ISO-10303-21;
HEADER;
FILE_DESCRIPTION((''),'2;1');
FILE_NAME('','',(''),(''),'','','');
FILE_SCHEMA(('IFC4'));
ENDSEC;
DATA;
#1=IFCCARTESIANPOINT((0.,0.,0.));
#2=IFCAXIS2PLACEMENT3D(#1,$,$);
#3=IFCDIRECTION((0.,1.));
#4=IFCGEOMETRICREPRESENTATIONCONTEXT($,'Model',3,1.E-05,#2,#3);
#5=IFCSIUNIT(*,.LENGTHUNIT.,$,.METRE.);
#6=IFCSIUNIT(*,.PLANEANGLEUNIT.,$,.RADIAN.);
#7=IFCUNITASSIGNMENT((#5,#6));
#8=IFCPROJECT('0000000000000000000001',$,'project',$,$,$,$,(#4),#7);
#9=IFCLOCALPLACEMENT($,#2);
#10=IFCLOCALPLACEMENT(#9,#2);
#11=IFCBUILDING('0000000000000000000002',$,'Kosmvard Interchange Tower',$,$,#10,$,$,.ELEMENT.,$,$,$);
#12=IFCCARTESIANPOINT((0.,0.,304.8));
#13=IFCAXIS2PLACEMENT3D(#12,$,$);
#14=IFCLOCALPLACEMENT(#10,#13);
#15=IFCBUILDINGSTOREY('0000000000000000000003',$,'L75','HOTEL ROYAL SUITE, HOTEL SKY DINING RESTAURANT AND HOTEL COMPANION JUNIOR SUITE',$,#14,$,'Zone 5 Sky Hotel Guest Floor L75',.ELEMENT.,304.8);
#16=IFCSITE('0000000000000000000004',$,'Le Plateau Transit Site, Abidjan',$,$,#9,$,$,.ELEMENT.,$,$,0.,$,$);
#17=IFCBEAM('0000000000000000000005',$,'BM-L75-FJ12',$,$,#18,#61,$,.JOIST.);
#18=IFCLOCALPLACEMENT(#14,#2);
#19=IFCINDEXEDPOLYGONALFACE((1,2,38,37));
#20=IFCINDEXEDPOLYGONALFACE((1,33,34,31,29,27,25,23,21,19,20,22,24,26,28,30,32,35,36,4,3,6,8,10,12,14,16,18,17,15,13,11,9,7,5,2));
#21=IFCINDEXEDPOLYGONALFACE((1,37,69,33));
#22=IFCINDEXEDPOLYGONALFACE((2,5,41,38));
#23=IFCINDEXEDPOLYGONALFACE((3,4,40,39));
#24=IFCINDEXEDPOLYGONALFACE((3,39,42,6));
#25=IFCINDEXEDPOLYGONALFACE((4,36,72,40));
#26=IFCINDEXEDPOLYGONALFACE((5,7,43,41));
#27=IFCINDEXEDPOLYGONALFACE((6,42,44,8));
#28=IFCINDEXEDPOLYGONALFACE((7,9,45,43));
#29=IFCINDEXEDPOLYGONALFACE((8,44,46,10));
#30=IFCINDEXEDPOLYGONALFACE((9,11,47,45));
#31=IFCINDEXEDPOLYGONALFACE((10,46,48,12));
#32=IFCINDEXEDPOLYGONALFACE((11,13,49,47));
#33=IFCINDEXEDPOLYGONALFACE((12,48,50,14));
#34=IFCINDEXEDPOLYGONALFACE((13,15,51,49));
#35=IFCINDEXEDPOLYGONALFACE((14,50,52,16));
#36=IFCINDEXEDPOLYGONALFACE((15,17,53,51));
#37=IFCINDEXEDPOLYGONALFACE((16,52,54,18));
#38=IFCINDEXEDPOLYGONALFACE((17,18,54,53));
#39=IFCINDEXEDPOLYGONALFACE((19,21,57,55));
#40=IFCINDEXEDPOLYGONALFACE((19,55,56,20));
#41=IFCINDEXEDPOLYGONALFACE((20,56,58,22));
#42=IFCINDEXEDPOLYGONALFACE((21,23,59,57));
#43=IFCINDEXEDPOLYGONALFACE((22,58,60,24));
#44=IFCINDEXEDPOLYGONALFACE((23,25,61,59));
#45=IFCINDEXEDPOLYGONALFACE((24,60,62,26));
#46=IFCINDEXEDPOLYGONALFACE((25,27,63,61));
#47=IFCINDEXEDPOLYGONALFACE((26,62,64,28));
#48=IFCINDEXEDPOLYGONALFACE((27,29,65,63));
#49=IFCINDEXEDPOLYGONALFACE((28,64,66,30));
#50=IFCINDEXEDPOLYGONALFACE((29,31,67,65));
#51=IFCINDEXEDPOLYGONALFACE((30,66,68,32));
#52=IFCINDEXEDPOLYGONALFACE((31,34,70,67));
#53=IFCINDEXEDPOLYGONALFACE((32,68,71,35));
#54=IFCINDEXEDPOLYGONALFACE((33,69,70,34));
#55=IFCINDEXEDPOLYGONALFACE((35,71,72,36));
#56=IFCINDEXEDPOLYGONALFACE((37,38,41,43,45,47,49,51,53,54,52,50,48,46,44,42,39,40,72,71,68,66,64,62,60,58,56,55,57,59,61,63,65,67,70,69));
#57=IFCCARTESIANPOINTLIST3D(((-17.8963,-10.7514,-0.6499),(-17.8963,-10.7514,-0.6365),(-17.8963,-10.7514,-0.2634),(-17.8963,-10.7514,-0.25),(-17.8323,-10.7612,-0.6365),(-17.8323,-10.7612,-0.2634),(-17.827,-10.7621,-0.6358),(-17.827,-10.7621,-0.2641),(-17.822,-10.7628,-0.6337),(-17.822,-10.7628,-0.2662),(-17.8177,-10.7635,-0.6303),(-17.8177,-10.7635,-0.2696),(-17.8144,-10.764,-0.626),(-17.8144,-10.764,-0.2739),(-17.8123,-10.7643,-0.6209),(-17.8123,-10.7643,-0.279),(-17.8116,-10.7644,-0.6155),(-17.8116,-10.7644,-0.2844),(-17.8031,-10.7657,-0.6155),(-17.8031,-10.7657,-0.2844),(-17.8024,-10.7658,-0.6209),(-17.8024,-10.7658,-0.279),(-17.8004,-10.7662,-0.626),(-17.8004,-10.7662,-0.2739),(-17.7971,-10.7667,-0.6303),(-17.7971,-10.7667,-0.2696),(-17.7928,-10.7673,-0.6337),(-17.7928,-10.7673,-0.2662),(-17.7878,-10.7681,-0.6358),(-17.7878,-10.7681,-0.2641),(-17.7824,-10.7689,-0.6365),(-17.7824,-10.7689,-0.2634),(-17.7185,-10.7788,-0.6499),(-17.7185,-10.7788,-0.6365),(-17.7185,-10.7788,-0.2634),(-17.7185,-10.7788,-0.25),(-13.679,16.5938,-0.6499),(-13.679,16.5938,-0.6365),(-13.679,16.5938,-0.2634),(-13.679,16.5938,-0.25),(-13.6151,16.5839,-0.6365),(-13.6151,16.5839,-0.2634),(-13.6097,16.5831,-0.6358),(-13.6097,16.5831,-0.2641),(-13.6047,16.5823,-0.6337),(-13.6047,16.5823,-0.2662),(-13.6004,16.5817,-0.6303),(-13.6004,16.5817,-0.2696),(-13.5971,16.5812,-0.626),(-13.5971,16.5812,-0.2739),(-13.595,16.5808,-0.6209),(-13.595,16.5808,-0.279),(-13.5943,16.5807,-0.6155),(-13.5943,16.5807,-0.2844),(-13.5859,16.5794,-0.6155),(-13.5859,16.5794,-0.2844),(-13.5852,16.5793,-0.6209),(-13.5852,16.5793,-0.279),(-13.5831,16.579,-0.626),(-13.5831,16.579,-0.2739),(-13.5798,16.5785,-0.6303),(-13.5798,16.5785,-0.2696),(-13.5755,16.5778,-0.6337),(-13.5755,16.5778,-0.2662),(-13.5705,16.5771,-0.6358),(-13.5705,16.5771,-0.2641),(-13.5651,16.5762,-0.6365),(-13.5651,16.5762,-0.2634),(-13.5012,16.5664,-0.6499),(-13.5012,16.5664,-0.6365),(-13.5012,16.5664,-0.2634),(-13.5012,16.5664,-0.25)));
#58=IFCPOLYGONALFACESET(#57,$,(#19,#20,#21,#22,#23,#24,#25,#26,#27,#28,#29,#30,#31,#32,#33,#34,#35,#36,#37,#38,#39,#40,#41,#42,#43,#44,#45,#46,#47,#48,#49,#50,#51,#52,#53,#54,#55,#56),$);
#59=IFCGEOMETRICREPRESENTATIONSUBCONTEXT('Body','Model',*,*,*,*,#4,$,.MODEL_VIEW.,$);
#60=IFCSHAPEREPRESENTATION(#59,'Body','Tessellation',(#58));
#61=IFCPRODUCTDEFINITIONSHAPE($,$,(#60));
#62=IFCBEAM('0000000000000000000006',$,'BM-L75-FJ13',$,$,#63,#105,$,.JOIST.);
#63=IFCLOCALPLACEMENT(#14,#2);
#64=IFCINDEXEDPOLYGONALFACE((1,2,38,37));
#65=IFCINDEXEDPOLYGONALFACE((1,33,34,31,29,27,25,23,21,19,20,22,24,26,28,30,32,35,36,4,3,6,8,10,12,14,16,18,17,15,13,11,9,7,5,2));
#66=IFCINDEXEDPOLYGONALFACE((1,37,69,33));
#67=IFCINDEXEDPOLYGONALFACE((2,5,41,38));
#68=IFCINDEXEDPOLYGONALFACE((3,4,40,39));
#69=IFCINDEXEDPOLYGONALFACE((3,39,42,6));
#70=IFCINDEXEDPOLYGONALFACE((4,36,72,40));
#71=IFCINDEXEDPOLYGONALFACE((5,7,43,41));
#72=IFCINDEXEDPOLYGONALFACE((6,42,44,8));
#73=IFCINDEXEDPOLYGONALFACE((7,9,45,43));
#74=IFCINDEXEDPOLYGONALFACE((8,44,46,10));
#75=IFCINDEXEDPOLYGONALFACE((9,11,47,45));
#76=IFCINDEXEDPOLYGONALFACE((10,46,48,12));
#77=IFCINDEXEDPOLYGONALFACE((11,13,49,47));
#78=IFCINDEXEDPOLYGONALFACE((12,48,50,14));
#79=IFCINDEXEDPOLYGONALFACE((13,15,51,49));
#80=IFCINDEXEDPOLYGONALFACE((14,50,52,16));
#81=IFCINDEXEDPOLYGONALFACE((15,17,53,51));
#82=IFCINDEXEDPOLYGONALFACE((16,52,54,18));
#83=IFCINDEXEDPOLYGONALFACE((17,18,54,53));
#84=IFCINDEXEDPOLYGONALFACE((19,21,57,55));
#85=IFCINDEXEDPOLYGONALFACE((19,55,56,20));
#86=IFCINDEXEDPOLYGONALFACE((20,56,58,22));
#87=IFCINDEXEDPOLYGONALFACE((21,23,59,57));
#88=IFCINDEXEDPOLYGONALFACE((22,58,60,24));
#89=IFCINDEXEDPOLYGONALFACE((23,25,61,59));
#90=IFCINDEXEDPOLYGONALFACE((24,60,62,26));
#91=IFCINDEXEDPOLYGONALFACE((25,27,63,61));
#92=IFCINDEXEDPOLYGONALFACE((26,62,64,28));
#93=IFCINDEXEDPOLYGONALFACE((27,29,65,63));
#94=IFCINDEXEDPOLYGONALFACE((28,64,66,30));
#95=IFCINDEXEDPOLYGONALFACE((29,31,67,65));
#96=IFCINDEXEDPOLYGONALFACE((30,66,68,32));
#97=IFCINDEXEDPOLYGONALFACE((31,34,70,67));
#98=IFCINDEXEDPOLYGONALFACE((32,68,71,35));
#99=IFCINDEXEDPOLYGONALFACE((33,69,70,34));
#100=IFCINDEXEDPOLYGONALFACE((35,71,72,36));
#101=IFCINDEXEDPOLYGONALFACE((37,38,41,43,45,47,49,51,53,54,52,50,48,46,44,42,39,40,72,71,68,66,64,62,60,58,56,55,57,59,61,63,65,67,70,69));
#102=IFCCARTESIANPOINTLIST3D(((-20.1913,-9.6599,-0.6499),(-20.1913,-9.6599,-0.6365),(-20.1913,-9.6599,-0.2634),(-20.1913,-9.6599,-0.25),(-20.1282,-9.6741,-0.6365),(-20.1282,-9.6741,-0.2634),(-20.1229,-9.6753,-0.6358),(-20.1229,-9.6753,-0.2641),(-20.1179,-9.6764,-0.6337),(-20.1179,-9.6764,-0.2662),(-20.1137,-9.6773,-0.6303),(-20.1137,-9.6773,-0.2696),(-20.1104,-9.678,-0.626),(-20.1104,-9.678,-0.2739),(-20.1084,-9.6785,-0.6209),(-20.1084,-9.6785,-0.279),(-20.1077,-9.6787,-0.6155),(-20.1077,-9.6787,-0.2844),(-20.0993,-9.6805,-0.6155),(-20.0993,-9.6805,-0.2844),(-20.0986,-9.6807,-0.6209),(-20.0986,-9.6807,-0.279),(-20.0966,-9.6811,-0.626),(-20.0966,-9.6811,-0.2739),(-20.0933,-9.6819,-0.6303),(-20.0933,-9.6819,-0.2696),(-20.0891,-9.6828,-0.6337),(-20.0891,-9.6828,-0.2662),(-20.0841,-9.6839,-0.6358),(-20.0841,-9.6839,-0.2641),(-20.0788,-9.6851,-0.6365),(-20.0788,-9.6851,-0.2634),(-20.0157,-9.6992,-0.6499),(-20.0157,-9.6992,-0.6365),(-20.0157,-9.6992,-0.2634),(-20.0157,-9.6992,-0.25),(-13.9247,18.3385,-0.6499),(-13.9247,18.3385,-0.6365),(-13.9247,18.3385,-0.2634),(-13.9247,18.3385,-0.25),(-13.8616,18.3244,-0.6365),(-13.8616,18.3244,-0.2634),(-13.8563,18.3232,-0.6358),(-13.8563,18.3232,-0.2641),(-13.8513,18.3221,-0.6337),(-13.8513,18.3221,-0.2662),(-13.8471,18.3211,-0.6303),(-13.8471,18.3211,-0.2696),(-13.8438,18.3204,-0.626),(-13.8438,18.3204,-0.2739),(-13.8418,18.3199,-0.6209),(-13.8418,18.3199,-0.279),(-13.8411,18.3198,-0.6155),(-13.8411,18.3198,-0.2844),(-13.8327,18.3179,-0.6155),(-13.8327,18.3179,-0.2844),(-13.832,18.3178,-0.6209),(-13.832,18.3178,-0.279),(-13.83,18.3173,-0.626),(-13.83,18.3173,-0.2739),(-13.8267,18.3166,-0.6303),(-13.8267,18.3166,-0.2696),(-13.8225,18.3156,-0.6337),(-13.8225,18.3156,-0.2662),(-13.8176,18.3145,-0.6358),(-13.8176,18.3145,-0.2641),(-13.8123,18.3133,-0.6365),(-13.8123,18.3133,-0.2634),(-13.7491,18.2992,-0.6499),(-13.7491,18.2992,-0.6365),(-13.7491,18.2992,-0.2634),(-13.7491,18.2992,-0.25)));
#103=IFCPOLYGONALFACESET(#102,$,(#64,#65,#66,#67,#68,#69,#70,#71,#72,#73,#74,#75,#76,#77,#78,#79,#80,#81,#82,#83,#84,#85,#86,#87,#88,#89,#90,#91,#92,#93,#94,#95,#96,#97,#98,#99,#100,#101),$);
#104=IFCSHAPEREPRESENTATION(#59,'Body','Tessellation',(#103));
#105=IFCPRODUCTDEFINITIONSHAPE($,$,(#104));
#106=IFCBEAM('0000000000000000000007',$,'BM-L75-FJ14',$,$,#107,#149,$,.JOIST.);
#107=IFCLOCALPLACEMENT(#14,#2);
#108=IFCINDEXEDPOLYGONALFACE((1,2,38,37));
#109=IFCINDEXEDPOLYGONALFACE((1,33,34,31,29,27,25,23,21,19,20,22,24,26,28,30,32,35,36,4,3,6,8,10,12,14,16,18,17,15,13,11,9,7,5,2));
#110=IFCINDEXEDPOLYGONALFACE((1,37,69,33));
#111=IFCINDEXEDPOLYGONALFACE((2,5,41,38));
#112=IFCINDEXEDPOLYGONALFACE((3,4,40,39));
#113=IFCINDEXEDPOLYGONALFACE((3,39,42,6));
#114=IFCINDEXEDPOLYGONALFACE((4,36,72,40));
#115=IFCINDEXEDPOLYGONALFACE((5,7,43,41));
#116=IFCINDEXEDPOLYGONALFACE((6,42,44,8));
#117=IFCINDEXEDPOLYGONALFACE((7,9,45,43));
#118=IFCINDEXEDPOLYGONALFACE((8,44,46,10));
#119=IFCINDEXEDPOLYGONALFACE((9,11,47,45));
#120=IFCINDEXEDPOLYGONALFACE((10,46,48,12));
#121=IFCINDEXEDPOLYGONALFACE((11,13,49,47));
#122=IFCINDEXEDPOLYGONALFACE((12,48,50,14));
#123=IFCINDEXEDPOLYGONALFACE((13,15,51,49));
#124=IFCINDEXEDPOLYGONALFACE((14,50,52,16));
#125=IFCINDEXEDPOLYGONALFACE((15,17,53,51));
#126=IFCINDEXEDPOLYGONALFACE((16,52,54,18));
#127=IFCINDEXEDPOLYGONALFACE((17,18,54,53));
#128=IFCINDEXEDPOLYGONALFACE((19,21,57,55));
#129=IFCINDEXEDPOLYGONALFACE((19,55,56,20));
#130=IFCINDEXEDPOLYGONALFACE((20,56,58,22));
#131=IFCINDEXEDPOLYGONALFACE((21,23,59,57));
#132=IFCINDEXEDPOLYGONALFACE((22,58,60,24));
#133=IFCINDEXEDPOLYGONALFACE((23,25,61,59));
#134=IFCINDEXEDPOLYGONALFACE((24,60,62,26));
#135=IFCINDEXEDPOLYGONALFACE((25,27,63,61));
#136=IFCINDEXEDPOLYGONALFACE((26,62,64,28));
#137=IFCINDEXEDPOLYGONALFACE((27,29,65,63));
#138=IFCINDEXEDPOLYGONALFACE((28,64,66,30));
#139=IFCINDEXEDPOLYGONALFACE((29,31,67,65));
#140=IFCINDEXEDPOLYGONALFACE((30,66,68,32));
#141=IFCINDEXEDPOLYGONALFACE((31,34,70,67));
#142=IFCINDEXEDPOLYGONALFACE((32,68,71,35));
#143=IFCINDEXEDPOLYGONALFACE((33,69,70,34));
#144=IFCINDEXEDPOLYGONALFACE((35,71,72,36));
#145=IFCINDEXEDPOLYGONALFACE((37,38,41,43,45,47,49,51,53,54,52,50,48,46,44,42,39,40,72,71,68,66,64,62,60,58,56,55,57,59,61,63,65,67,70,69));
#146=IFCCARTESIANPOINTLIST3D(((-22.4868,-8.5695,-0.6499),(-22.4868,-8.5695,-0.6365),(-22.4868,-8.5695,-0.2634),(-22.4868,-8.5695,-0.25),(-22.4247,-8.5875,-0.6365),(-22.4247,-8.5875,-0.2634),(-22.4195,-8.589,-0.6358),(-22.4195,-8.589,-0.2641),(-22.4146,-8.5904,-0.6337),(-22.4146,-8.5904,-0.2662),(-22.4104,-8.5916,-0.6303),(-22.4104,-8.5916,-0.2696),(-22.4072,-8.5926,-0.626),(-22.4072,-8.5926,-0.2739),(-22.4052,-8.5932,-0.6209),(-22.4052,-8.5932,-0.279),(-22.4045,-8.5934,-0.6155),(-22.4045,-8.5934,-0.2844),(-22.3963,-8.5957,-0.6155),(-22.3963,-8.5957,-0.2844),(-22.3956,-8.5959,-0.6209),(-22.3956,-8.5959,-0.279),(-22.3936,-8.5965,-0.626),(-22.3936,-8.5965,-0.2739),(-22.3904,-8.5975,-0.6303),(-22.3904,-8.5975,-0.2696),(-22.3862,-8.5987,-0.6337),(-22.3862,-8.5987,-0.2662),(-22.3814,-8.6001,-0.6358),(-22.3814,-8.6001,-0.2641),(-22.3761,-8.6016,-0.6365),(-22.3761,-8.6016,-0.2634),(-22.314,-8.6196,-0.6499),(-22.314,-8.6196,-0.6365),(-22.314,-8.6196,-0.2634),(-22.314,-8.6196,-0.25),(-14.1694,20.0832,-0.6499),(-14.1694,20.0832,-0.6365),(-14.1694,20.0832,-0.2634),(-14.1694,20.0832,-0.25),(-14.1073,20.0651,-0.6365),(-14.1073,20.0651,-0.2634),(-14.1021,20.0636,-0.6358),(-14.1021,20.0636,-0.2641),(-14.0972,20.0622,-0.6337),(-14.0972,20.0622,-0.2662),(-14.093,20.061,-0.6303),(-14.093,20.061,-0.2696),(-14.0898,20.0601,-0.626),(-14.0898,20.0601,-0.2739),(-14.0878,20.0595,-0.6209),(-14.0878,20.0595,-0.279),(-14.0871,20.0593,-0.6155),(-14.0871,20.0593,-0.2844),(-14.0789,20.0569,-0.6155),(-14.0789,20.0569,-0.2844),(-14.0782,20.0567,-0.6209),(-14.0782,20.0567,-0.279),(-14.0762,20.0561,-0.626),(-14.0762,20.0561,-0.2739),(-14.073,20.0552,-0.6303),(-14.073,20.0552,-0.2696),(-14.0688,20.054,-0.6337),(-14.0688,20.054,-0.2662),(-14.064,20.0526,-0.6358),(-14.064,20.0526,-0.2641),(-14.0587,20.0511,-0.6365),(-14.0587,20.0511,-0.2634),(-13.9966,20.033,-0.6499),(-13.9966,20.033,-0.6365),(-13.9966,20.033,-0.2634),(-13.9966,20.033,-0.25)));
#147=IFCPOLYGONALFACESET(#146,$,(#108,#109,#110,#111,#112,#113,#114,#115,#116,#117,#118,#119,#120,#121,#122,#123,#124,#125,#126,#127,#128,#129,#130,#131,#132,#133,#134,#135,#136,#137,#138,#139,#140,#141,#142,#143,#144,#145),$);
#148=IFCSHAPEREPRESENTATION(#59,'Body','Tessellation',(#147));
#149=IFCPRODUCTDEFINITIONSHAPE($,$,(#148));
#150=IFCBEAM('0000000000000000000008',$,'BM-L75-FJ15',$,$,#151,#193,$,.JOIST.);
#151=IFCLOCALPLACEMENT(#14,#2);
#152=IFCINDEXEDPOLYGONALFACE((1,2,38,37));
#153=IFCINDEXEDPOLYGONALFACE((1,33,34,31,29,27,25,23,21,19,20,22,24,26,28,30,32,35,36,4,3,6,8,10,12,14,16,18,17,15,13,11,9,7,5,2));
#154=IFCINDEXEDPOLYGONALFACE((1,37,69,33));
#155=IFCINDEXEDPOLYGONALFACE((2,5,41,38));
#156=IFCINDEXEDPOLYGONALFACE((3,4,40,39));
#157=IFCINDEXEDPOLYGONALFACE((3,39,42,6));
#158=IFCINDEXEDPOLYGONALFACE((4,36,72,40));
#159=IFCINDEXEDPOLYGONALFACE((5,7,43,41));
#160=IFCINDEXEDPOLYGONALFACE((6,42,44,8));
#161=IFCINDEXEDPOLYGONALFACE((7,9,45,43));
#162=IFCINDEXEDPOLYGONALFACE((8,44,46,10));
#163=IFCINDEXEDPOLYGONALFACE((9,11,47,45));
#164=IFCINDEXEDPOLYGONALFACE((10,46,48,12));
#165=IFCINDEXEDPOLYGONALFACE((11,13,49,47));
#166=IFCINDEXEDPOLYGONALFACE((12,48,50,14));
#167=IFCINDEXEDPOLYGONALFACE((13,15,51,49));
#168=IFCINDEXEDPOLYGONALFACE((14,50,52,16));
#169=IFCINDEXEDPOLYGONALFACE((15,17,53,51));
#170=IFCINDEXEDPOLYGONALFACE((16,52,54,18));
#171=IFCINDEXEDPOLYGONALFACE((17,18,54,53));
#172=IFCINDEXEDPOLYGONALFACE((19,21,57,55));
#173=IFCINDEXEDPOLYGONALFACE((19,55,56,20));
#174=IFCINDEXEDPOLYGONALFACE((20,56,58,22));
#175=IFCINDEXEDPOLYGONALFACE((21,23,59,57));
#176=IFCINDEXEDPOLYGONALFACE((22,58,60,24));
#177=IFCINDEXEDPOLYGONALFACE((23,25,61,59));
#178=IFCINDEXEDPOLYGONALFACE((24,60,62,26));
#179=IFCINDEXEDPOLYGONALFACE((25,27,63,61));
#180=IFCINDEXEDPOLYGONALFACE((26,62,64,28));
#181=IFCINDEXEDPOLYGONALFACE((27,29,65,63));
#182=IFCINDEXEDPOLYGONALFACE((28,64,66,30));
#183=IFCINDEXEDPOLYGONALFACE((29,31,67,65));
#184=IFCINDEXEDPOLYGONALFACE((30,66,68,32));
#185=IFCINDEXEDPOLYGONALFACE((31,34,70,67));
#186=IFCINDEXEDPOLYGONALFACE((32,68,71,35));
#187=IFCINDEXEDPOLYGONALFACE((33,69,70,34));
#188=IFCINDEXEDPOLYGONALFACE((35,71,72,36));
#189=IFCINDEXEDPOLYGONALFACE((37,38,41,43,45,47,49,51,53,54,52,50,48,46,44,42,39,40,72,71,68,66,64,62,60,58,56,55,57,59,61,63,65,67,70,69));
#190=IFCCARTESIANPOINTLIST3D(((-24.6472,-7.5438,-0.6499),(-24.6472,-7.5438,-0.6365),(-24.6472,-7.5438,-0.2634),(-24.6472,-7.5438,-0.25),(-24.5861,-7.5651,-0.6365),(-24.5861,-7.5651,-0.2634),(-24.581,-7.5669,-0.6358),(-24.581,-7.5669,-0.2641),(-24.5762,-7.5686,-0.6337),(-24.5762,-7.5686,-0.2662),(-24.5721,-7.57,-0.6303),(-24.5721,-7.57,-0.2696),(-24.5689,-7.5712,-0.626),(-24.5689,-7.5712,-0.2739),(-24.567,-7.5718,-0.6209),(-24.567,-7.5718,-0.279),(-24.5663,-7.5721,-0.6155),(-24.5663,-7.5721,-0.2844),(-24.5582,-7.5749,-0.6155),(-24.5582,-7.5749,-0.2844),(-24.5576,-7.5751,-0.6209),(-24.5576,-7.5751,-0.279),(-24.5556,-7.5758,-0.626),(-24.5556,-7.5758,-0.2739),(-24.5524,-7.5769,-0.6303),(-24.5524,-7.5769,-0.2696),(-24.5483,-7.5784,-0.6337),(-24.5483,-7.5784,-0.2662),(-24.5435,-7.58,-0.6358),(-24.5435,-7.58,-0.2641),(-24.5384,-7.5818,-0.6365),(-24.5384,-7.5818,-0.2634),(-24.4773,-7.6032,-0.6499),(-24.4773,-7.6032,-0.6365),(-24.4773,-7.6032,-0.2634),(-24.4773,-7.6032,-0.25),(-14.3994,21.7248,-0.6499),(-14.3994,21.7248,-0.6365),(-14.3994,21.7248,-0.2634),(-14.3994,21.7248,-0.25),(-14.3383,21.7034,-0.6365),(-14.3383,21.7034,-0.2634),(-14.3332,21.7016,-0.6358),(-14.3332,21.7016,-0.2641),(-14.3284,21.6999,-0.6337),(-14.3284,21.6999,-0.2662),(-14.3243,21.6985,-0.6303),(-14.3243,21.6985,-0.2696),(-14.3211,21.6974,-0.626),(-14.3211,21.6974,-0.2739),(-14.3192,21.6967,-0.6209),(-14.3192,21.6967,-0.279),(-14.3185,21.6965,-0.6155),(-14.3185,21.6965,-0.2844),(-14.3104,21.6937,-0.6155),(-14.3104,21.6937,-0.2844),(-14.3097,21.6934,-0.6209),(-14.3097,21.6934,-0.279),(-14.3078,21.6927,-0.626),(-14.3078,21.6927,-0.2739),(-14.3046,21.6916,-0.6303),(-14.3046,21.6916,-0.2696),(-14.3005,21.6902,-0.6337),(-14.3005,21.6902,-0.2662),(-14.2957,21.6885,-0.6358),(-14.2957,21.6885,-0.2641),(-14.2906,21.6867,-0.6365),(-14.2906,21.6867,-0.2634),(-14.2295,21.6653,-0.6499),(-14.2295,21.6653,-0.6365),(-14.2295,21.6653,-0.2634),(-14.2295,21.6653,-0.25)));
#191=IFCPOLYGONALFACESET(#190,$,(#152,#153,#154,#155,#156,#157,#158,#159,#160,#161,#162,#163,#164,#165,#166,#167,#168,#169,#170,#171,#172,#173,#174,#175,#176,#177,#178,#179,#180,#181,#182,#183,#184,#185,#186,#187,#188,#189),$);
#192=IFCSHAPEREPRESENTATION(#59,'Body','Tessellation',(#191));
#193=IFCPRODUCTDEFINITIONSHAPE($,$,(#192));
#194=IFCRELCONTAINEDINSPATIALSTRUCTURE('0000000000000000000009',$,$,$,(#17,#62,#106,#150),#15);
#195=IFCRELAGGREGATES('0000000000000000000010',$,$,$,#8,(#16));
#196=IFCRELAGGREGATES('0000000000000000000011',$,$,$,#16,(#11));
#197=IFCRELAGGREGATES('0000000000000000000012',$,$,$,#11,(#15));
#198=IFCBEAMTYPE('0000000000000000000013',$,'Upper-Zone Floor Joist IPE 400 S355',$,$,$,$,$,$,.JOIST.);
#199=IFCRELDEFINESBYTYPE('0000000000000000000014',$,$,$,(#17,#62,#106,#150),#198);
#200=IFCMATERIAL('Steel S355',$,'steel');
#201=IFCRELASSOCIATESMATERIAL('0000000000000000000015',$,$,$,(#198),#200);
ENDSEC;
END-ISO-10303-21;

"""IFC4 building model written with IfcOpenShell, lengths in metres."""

from ifc_helpers import new_model, si_unit, direction, frame, origin, origin_2d, place, context, subcontext, project, spatial, i_section, extrude, source, transform, mapped, material, material_profile, profile_set, type_object, element, save


model = new_model("IFC4")

# Units and contexts
model_context = context("Model", 3, precision=1e-05, world=origin(), true_north=direction((0.0, 1.0)))
body_context = subcontext(model_context, "Body", "Model", "MODEL_VIEW")
ifc_project = project(units=[si_unit("LENGTHUNIT", "METRE"), si_unit("PLANEANGLEUNIT", "RADIAN")], contexts=[model_context])

# Site, building, storey
site_placement = place(None, origin())
site = spatial("IfcSite", under=ifc_project, at=site_placement, Name="Le Plateau Transit Site, Abidjan", CompositionType="ELEMENT", RefElevation=0.0)
building_placement = place(site_placement, origin())
building = spatial("IfcBuilding", under=site, at=building_placement, Name="Kosmvard Interchange Tower", CompositionType="ELEMENT")
storey_placement = place(building_placement, frame((0.0, 0.0, 304.8)))
storey = spatial("IfcBuildingStorey", under=building, at=storey_placement, Name="L75", Description="HOTEL ROYAL SUITE, HOTEL SKY DINING RESTAURANT AND HOTEL COMPANION JUNIOR SUITE", LongName="Zone 5 Sky Hotel Guest Floor L75", CompositionType="ELEMENT", Elevation=304.8)

# Beams
ifc_material_1 = material(Name="Steel S355", Category="steel")
ifc_material_profile_1 = material_profile(ifc_material_1, i_section(OverallWidth=0.1799, OverallDepth=0.3999, WebThickness=0.0085, FlangeThickness=0.0134, FilletRadius=0.021, at=origin_2d()), Name="IPE 400")
ifc_profile_set_1 = profile_set([ifc_material_profile_1], Name="Steel S355")
beam_type_1 = type_object("IfcBeamType", Name="Upper-Zone Floor Joist IPE 400 S355", PredefinedType="JOIST", material=ifc_profile_set_1)
shared_shape_1 = source(origin(), body_context, "Body", "SweptSolid", [
    extrude(i_section(OverallWidth=0.1799, OverallDepth=0.3999, WebThickness=0.0085, FlangeThickness=0.0134, FilletRadius=0.021, at=origin_2d()), origin(), (0.0, 0.0, 1.0), 27.6685),
])
beam_1_placement = place(storey_placement, frame((-13.5901, 16.5801, -0.45), z_axis=(-0.152422, -0.988316, 0.0), x_axis=(0.988316, -0.152422, 0.0)))
element("IfcBeam", 1, at=beam_1_placement, inside=storey, type_object=beam_type_1, Name="BM-L75-FJ12", PredefinedType="JOIST", context=body_context, shape_type="MappedRepresentation", body=[
    mapped(shared_shape_1, transform((0.0, 0.0, 0.0), scale=1.0)),
])
shared_shape_2 = source(origin(), body_context, "Body", "SweptSolid", [
    extrude(i_section(OverallWidth=0.1799, OverallDepth=0.3999, WebThickness=0.0085, FlangeThickness=0.0134, FilletRadius=0.021, at=origin_2d()), origin(), (0.0, 0.0, 1.0), 28.6912),
])
beam_2_placement = place(storey_placement, frame((-13.8369, 18.3188, -0.45), z_axis=(-0.218415, -0.975856, 0.0), x_axis=(0.975856, -0.218415, 0.0)))
element("IfcBeam", 2, at=beam_2_placement, inside=storey, type_object=beam_type_1, Name="BM-L75-FJ13", PredefinedType="JOIST", context=body_context, shape_type="MappedRepresentation", body=[
    mapped(shared_shape_2, transform((0.0, 0.0, 0.0), scale=1.0)),
])
shared_shape_3 = source(origin(), body_context, "Body", "SweptSolid", [
    extrude(i_section(OverallWidth=0.1799, OverallDepth=0.3999, WebThickness=0.0085, FlangeThickness=0.0134, FilletRadius=0.021, at=origin_2d()), origin(), (0.0, 0.0, 1.0), 29.8354),
])
beam_3_placement = place(storey_placement, frame((-14.083, 20.0581, -0.45), z_axis=(-0.278776, -0.960356, 0.0), x_axis=(0.960356, -0.278776, 0.0)))
element("IfcBeam", 3, at=beam_3_placement, inside=storey, type_object=beam_type_1, Name="BM-L75-FJ14", PredefinedType="JOIST", context=body_context, shape_type="MappedRepresentation", body=[
    mapped(shared_shape_3, transform((0.0, 0.0, 0.0), scale=1.0)),
])
shared_shape_4 = source(origin(), body_context, "Body", "SweptSolid", [
    extrude(i_section(OverallWidth=0.1799, OverallDepth=0.3999, WebThickness=0.0085, FlangeThickness=0.0134, FilletRadius=0.021, at=origin_2d()), origin(), (0.0, 0.0, 1.0), 31.0107),
])
beam_4_placement = place(storey_placement, frame((-14.3145, 21.6951, -0.45), z_axis=(-0.33046, -0.94382, 0.0), x_axis=(0.94382, -0.33046, 0.0)))
element("IfcBeam", 4, at=beam_4_placement, inside=storey, type_object=beam_type_1, Name="BM-L75-FJ15", PredefinedType="JOIST", context=body_context, shape_type="MappedRepresentation", body=[
    mapped(shared_shape_4, transform((0.0, 0.0, 0.0), scale=1.0)),
])

save(model, "model.ifc")
